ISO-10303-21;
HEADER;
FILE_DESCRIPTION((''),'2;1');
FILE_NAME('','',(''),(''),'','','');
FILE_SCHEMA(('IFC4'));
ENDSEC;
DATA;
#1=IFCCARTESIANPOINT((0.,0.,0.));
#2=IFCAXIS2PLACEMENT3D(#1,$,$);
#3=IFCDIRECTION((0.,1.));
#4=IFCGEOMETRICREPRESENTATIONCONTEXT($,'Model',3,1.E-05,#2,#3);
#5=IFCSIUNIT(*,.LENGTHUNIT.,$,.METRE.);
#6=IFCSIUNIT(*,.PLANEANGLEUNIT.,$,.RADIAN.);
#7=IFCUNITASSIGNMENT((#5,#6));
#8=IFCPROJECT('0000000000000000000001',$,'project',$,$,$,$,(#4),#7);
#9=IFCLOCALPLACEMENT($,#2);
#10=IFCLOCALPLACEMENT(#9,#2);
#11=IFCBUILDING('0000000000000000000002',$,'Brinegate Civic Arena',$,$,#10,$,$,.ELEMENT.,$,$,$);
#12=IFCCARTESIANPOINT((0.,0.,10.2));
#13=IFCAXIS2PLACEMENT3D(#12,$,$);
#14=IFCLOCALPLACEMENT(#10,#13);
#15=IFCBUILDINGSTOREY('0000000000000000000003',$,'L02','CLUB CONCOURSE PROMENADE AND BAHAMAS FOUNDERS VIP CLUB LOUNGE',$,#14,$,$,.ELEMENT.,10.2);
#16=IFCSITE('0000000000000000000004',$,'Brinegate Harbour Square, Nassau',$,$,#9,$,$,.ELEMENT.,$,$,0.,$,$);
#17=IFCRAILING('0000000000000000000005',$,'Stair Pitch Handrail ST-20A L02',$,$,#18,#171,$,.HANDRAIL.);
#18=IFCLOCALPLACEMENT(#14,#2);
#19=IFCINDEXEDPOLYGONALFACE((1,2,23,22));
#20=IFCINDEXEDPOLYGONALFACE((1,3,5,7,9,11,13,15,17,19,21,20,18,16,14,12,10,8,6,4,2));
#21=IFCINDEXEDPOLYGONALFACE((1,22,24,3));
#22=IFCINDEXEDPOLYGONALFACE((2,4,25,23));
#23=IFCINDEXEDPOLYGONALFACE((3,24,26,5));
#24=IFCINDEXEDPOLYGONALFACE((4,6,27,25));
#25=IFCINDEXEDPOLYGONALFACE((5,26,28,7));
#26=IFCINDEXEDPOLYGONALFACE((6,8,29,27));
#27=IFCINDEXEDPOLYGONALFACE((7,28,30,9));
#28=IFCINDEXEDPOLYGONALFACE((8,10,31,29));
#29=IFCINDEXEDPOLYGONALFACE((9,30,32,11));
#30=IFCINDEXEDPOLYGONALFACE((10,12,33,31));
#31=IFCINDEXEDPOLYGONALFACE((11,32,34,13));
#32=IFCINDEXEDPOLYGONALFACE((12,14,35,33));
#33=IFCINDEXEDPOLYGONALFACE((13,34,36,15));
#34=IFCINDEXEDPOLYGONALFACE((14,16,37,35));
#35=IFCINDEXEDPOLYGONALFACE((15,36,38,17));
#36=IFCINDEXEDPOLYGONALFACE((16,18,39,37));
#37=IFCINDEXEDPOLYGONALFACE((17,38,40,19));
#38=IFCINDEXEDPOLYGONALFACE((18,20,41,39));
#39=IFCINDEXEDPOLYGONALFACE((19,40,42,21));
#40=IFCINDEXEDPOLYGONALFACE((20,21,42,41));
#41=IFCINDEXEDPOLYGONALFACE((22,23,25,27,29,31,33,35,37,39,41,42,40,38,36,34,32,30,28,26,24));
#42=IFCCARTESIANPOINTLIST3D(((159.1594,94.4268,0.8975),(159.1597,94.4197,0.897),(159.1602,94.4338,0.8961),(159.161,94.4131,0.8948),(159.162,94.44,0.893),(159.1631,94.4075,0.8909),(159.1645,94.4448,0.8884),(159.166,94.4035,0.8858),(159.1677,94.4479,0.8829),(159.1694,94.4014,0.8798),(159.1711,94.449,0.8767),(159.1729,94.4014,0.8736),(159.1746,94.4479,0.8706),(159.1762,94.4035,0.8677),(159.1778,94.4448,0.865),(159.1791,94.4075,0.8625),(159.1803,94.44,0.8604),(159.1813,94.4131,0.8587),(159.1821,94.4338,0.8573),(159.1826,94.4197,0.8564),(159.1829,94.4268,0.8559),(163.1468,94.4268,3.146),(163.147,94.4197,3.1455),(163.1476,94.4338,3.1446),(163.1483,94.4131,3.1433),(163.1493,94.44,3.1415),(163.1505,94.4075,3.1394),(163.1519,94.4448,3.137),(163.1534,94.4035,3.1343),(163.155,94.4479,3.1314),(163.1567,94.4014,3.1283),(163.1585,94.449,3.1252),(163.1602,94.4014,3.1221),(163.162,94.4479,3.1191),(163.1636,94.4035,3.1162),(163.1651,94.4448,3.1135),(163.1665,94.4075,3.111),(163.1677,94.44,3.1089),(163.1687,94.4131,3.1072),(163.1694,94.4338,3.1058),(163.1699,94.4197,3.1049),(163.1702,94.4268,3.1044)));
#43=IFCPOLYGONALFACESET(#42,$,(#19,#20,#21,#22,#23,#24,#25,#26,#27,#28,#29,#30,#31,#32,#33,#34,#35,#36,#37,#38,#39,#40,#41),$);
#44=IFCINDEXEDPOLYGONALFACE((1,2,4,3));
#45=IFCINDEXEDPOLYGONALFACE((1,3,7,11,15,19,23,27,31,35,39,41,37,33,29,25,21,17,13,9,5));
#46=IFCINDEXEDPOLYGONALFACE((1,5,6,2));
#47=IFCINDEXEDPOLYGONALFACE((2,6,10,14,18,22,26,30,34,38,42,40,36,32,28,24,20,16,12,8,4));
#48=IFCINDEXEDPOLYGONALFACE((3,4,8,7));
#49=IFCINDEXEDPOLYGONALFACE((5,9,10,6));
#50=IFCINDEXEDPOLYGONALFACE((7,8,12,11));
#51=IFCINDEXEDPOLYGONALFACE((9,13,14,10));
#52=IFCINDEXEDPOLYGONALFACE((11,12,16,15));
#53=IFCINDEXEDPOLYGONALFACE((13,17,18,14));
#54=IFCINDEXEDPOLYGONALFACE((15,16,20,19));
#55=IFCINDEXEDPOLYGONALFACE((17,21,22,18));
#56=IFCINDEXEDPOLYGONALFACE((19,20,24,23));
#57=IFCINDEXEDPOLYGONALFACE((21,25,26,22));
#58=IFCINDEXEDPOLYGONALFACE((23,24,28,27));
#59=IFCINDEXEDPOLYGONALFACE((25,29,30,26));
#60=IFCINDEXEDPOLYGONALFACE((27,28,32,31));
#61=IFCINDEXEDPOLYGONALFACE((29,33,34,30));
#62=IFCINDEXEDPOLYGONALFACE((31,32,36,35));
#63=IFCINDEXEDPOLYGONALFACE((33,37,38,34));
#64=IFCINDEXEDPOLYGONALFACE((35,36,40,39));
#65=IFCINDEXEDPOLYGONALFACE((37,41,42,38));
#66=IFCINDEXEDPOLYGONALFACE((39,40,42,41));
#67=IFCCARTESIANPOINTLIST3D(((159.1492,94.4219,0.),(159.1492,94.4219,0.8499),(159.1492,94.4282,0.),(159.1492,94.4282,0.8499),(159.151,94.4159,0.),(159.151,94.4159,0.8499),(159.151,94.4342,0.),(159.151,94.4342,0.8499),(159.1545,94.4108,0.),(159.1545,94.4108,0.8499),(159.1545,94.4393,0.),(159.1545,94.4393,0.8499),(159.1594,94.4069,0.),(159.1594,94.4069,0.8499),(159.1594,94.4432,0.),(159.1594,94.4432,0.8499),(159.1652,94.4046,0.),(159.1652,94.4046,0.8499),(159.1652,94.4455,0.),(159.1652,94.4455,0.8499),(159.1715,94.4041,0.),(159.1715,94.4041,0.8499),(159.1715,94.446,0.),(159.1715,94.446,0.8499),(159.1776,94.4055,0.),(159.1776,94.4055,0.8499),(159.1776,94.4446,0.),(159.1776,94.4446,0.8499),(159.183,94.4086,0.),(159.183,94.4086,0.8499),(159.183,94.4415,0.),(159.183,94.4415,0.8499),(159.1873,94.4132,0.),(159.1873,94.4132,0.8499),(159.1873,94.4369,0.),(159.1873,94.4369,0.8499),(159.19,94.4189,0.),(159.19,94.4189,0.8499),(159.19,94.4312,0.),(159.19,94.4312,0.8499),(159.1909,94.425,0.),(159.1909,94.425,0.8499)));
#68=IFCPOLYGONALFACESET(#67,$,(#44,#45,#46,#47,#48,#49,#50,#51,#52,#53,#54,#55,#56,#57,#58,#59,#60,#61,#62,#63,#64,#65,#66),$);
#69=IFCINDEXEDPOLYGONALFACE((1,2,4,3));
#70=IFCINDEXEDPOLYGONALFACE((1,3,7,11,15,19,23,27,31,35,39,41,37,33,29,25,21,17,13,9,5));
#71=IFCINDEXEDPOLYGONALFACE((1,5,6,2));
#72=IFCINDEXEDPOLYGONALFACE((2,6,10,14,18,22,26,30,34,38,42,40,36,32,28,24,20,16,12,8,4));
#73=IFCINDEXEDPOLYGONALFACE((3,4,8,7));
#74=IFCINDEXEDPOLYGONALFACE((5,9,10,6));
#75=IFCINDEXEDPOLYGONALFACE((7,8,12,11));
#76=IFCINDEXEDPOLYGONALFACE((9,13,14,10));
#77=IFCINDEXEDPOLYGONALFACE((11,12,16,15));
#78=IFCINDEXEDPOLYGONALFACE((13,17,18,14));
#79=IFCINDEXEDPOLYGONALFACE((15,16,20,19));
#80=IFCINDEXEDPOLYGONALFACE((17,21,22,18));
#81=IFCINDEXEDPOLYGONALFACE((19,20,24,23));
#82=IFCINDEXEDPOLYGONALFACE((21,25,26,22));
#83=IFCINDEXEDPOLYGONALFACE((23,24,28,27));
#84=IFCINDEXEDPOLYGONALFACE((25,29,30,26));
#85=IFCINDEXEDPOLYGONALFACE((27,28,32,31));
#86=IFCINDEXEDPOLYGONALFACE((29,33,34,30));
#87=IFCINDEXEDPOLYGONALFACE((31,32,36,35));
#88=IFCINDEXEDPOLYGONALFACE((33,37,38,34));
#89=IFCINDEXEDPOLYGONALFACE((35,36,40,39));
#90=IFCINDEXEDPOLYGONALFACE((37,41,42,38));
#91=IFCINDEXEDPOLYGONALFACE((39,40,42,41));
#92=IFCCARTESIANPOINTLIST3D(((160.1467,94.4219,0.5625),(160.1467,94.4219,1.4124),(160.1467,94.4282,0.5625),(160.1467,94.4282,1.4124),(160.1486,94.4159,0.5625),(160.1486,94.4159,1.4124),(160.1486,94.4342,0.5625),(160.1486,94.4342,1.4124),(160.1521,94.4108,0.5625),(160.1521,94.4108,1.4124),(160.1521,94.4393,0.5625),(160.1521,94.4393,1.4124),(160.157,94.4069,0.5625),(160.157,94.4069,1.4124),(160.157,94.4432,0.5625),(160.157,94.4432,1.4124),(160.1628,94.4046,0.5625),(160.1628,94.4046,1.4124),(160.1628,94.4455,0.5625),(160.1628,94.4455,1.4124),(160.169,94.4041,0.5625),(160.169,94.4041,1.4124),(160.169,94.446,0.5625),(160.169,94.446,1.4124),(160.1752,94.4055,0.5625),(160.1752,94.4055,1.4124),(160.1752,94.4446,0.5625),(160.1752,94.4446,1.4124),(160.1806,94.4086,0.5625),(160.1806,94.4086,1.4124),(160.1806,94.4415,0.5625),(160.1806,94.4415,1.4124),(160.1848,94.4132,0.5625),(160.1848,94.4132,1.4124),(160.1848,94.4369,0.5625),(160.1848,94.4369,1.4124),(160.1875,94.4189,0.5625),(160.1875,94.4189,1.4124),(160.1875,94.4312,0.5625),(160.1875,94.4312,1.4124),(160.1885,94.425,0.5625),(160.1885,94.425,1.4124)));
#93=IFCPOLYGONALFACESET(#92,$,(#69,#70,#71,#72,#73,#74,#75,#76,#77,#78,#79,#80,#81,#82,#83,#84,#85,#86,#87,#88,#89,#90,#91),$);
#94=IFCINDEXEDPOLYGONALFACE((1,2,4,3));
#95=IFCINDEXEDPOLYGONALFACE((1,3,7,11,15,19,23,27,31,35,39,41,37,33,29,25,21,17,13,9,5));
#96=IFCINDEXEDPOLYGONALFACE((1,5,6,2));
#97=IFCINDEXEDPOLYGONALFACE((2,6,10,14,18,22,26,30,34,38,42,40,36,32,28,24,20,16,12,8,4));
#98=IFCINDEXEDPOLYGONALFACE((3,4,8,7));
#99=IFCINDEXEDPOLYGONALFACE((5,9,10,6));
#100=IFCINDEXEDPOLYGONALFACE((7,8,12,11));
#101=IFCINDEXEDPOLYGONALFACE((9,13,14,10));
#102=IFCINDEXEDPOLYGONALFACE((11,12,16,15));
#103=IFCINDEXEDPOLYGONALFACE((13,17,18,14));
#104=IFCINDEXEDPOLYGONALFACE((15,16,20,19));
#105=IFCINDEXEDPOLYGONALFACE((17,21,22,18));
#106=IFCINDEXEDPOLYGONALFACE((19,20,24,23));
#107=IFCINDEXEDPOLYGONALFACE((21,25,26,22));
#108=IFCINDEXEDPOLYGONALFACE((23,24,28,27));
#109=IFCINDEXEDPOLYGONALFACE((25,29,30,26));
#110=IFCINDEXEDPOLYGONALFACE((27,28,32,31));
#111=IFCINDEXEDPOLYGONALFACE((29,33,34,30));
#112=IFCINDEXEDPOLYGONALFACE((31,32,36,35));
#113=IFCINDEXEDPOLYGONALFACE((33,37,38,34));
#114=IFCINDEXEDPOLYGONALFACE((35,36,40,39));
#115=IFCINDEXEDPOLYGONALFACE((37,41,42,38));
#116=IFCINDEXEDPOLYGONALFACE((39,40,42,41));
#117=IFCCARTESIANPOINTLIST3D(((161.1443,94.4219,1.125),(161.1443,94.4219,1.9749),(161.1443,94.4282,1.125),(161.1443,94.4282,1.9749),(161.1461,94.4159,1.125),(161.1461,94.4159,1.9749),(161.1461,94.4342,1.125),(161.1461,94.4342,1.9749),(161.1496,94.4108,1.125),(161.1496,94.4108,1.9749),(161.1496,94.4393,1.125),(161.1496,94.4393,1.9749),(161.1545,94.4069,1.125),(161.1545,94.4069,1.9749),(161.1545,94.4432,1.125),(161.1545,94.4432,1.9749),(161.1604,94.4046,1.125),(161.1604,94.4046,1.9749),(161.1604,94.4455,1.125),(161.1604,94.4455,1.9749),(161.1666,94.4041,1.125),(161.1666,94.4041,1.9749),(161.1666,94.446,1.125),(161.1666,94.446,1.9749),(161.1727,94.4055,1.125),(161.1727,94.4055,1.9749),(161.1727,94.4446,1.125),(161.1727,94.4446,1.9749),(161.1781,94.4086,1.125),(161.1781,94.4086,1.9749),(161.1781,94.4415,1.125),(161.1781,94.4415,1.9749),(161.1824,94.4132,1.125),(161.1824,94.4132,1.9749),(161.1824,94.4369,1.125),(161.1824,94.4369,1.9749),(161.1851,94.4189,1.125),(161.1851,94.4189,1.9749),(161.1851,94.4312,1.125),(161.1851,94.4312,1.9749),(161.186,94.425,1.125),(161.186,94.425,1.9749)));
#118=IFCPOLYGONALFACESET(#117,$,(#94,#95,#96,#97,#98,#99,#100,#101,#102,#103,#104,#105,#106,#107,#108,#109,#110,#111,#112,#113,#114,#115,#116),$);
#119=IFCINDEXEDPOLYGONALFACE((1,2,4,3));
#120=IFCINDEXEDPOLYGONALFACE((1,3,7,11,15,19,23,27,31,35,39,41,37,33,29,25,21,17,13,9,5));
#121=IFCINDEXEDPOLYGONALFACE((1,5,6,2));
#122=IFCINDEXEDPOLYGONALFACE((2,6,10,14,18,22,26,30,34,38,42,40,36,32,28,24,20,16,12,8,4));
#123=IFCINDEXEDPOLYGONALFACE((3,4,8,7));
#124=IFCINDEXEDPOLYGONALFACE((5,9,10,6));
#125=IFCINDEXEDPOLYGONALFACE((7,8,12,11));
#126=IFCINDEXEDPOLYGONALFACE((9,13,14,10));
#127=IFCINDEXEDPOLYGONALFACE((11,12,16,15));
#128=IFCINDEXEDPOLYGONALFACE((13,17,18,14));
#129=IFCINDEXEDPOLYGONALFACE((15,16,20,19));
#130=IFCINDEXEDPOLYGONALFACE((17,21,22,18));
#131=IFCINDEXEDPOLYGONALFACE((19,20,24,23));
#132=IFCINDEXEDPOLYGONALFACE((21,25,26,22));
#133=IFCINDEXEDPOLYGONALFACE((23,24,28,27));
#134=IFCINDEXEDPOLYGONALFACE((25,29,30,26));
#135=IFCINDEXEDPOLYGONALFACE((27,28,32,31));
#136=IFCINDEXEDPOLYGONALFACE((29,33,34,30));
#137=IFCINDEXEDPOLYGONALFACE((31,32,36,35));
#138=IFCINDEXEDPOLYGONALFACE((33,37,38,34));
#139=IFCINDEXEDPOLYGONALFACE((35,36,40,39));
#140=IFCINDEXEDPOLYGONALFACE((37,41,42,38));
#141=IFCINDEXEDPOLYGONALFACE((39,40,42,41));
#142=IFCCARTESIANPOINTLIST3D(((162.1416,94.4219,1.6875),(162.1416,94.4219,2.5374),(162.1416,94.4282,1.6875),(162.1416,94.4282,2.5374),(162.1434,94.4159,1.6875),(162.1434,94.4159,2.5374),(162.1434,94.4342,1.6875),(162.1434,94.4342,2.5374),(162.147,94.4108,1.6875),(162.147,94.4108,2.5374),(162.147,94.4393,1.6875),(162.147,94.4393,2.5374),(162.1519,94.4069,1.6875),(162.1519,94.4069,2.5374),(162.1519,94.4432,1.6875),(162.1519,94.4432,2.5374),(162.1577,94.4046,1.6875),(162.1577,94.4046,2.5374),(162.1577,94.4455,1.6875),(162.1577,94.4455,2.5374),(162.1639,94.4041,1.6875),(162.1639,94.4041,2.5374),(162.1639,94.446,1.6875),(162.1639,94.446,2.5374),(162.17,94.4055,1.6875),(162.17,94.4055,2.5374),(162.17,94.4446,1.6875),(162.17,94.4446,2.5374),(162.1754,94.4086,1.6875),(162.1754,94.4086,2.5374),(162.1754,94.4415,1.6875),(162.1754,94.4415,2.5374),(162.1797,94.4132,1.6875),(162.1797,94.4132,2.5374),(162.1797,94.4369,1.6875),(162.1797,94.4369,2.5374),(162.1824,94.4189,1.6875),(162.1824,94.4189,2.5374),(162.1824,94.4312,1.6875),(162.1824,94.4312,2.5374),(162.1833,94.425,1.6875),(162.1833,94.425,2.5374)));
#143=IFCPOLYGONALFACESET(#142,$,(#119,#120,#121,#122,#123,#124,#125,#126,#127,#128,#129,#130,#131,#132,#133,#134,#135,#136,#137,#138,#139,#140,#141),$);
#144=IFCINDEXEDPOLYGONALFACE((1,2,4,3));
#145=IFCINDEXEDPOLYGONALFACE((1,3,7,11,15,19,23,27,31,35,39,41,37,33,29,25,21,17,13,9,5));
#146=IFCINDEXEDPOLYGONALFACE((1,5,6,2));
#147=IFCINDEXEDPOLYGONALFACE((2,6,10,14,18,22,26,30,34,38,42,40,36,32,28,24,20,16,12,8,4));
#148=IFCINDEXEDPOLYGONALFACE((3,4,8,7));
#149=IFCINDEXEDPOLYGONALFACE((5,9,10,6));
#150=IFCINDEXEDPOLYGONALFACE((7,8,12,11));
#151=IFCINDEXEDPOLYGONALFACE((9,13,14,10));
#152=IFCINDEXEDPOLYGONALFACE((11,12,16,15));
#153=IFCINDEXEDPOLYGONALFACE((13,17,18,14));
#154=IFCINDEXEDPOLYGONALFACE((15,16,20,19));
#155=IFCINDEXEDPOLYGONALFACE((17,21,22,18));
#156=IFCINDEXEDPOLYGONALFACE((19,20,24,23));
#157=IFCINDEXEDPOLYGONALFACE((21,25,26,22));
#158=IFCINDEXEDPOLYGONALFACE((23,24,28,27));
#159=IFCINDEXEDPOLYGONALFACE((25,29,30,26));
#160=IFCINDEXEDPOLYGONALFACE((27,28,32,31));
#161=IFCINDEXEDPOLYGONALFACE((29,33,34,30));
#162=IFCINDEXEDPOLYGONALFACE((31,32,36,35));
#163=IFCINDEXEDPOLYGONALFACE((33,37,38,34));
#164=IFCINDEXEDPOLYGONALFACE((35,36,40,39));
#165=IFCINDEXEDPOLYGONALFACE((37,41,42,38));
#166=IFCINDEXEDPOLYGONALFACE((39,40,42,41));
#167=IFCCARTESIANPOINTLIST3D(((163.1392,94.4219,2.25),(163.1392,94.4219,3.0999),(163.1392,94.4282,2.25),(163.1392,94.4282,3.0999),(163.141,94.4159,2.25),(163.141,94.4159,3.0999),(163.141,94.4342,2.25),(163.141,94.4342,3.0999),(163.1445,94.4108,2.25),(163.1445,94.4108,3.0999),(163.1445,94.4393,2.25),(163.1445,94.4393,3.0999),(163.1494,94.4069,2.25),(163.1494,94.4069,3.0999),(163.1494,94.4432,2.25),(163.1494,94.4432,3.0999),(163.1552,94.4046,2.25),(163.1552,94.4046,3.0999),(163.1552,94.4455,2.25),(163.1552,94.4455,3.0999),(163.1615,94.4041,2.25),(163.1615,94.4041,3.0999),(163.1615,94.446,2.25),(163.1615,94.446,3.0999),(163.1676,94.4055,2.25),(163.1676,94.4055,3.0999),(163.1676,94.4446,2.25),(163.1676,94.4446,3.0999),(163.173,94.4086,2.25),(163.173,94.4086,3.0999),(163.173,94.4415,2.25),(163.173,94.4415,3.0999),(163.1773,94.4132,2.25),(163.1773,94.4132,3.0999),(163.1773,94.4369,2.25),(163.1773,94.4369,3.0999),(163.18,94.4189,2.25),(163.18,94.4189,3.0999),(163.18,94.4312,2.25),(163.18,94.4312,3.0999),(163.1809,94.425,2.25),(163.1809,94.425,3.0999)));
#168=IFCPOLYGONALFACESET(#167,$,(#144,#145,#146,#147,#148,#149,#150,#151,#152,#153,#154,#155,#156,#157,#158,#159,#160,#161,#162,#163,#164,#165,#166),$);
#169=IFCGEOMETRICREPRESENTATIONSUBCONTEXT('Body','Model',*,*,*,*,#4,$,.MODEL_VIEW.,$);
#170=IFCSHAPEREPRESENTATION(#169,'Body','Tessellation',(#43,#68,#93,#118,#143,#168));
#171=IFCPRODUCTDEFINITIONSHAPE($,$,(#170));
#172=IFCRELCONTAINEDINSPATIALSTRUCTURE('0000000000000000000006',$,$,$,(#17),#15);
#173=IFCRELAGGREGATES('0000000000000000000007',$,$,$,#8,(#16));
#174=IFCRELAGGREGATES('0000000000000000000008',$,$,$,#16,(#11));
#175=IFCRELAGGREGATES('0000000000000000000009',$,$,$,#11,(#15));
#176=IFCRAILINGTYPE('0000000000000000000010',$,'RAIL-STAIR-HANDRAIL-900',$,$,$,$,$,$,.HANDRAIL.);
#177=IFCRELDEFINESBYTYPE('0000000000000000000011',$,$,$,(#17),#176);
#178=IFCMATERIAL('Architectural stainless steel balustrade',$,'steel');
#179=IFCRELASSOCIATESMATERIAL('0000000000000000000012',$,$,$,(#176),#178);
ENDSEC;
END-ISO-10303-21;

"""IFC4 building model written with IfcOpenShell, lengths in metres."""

from ifc_helpers import new_model, si_unit, direction, frame, origin, origin_2d, place, context, subcontext, project, spatial, circle, extrude, material, type_object, element, save


model = new_model("IFC4")

# Units and contexts
model_context = context("Model", 3, precision=1e-05, world=origin(), true_north=direction((0.0, 1.0)))
body_context = subcontext(model_context, "Body", "Model", "MODEL_VIEW")
ifc_project = project(units=[si_unit("LENGTHUNIT", "METRE"), si_unit("PLANEANGLEUNIT", "RADIAN")], contexts=[model_context])

# Site, building, storey
site_placement = place(None, origin())
site = spatial("IfcSite", under=ifc_project, at=site_placement, Name="Brinegate Harbour Square, Nassau", CompositionType="ELEMENT", RefElevation=0.0)
building_placement = place(site_placement, origin())
building = spatial("IfcBuilding", under=site, at=building_placement, Name="Brinegate Civic Arena", CompositionType="ELEMENT")
storey_placement = place(building_placement, frame((0.0, 0.0, 10.2)))
storey = spatial("IfcBuildingStorey", under=building, at=storey_placement, Name="L02", Description="CLUB CONCOURSE PROMENADE AND BAHAMAS FOUNDERS VIP CLUB LOUNGE", CompositionType="ELEMENT", Elevation=10.2)

# Railing
ifc_material_1 = material(Name="Architectural stainless steel balustrade", Category="steel")
railing_type_1 = type_object("IfcRailingType", Name="RAIL-STAIR-HANDRAIL-900", PredefinedType="HANDRAIL", material=ifc_material_1)
for number, where, name in (
    (1, (159.1699, 94.425, 0.0), "Stair Pitch Handrail ST-20A L02"),
):
    element("IfcRailing", number, at=place(storey_placement, frame(where)), inside=storey, type_object=railing_type_1, Name=name, PredefinedType="HANDRAIL", context=body_context, shape_type="SweptSolid", body=[
        extrude(circle(Radius=0.0239, at=origin_2d()), frame((0.0012, 0.0, 0.8767), z_axis=(0.87105, 0.0, 0.491195), x_axis=(0.0, 1.0, 0.0)), (0.0, 0.0, 1.0), 4.5776),
        extrude(circle(Radius=0.021, at=origin_2d()), origin(), (0.0, 0.0, 1.0), 0.8499),
        extrude(circle(Radius=0.021, at=origin_2d()), frame((0.9976, 0.0, 0.5625)), (0.0, 0.0, 1.0), 0.8499),
        extrude(circle(Radius=0.021, at=origin_2d()), frame((1.9951, 0.0, 1.125)), (0.0, 0.0, 1.0), 0.8499),
        extrude(circle(Radius=0.021, at=origin_2d()), frame((2.9924, 0.0, 1.6875)), (0.0, 0.0, 1.0), 0.8499),
        extrude(circle(Radius=0.021, at=origin_2d()), frame((3.99, 0.0, 2.25)), (0.0, 0.0, 1.0), 0.8499),
    ])

save(model, "model.ifc")
